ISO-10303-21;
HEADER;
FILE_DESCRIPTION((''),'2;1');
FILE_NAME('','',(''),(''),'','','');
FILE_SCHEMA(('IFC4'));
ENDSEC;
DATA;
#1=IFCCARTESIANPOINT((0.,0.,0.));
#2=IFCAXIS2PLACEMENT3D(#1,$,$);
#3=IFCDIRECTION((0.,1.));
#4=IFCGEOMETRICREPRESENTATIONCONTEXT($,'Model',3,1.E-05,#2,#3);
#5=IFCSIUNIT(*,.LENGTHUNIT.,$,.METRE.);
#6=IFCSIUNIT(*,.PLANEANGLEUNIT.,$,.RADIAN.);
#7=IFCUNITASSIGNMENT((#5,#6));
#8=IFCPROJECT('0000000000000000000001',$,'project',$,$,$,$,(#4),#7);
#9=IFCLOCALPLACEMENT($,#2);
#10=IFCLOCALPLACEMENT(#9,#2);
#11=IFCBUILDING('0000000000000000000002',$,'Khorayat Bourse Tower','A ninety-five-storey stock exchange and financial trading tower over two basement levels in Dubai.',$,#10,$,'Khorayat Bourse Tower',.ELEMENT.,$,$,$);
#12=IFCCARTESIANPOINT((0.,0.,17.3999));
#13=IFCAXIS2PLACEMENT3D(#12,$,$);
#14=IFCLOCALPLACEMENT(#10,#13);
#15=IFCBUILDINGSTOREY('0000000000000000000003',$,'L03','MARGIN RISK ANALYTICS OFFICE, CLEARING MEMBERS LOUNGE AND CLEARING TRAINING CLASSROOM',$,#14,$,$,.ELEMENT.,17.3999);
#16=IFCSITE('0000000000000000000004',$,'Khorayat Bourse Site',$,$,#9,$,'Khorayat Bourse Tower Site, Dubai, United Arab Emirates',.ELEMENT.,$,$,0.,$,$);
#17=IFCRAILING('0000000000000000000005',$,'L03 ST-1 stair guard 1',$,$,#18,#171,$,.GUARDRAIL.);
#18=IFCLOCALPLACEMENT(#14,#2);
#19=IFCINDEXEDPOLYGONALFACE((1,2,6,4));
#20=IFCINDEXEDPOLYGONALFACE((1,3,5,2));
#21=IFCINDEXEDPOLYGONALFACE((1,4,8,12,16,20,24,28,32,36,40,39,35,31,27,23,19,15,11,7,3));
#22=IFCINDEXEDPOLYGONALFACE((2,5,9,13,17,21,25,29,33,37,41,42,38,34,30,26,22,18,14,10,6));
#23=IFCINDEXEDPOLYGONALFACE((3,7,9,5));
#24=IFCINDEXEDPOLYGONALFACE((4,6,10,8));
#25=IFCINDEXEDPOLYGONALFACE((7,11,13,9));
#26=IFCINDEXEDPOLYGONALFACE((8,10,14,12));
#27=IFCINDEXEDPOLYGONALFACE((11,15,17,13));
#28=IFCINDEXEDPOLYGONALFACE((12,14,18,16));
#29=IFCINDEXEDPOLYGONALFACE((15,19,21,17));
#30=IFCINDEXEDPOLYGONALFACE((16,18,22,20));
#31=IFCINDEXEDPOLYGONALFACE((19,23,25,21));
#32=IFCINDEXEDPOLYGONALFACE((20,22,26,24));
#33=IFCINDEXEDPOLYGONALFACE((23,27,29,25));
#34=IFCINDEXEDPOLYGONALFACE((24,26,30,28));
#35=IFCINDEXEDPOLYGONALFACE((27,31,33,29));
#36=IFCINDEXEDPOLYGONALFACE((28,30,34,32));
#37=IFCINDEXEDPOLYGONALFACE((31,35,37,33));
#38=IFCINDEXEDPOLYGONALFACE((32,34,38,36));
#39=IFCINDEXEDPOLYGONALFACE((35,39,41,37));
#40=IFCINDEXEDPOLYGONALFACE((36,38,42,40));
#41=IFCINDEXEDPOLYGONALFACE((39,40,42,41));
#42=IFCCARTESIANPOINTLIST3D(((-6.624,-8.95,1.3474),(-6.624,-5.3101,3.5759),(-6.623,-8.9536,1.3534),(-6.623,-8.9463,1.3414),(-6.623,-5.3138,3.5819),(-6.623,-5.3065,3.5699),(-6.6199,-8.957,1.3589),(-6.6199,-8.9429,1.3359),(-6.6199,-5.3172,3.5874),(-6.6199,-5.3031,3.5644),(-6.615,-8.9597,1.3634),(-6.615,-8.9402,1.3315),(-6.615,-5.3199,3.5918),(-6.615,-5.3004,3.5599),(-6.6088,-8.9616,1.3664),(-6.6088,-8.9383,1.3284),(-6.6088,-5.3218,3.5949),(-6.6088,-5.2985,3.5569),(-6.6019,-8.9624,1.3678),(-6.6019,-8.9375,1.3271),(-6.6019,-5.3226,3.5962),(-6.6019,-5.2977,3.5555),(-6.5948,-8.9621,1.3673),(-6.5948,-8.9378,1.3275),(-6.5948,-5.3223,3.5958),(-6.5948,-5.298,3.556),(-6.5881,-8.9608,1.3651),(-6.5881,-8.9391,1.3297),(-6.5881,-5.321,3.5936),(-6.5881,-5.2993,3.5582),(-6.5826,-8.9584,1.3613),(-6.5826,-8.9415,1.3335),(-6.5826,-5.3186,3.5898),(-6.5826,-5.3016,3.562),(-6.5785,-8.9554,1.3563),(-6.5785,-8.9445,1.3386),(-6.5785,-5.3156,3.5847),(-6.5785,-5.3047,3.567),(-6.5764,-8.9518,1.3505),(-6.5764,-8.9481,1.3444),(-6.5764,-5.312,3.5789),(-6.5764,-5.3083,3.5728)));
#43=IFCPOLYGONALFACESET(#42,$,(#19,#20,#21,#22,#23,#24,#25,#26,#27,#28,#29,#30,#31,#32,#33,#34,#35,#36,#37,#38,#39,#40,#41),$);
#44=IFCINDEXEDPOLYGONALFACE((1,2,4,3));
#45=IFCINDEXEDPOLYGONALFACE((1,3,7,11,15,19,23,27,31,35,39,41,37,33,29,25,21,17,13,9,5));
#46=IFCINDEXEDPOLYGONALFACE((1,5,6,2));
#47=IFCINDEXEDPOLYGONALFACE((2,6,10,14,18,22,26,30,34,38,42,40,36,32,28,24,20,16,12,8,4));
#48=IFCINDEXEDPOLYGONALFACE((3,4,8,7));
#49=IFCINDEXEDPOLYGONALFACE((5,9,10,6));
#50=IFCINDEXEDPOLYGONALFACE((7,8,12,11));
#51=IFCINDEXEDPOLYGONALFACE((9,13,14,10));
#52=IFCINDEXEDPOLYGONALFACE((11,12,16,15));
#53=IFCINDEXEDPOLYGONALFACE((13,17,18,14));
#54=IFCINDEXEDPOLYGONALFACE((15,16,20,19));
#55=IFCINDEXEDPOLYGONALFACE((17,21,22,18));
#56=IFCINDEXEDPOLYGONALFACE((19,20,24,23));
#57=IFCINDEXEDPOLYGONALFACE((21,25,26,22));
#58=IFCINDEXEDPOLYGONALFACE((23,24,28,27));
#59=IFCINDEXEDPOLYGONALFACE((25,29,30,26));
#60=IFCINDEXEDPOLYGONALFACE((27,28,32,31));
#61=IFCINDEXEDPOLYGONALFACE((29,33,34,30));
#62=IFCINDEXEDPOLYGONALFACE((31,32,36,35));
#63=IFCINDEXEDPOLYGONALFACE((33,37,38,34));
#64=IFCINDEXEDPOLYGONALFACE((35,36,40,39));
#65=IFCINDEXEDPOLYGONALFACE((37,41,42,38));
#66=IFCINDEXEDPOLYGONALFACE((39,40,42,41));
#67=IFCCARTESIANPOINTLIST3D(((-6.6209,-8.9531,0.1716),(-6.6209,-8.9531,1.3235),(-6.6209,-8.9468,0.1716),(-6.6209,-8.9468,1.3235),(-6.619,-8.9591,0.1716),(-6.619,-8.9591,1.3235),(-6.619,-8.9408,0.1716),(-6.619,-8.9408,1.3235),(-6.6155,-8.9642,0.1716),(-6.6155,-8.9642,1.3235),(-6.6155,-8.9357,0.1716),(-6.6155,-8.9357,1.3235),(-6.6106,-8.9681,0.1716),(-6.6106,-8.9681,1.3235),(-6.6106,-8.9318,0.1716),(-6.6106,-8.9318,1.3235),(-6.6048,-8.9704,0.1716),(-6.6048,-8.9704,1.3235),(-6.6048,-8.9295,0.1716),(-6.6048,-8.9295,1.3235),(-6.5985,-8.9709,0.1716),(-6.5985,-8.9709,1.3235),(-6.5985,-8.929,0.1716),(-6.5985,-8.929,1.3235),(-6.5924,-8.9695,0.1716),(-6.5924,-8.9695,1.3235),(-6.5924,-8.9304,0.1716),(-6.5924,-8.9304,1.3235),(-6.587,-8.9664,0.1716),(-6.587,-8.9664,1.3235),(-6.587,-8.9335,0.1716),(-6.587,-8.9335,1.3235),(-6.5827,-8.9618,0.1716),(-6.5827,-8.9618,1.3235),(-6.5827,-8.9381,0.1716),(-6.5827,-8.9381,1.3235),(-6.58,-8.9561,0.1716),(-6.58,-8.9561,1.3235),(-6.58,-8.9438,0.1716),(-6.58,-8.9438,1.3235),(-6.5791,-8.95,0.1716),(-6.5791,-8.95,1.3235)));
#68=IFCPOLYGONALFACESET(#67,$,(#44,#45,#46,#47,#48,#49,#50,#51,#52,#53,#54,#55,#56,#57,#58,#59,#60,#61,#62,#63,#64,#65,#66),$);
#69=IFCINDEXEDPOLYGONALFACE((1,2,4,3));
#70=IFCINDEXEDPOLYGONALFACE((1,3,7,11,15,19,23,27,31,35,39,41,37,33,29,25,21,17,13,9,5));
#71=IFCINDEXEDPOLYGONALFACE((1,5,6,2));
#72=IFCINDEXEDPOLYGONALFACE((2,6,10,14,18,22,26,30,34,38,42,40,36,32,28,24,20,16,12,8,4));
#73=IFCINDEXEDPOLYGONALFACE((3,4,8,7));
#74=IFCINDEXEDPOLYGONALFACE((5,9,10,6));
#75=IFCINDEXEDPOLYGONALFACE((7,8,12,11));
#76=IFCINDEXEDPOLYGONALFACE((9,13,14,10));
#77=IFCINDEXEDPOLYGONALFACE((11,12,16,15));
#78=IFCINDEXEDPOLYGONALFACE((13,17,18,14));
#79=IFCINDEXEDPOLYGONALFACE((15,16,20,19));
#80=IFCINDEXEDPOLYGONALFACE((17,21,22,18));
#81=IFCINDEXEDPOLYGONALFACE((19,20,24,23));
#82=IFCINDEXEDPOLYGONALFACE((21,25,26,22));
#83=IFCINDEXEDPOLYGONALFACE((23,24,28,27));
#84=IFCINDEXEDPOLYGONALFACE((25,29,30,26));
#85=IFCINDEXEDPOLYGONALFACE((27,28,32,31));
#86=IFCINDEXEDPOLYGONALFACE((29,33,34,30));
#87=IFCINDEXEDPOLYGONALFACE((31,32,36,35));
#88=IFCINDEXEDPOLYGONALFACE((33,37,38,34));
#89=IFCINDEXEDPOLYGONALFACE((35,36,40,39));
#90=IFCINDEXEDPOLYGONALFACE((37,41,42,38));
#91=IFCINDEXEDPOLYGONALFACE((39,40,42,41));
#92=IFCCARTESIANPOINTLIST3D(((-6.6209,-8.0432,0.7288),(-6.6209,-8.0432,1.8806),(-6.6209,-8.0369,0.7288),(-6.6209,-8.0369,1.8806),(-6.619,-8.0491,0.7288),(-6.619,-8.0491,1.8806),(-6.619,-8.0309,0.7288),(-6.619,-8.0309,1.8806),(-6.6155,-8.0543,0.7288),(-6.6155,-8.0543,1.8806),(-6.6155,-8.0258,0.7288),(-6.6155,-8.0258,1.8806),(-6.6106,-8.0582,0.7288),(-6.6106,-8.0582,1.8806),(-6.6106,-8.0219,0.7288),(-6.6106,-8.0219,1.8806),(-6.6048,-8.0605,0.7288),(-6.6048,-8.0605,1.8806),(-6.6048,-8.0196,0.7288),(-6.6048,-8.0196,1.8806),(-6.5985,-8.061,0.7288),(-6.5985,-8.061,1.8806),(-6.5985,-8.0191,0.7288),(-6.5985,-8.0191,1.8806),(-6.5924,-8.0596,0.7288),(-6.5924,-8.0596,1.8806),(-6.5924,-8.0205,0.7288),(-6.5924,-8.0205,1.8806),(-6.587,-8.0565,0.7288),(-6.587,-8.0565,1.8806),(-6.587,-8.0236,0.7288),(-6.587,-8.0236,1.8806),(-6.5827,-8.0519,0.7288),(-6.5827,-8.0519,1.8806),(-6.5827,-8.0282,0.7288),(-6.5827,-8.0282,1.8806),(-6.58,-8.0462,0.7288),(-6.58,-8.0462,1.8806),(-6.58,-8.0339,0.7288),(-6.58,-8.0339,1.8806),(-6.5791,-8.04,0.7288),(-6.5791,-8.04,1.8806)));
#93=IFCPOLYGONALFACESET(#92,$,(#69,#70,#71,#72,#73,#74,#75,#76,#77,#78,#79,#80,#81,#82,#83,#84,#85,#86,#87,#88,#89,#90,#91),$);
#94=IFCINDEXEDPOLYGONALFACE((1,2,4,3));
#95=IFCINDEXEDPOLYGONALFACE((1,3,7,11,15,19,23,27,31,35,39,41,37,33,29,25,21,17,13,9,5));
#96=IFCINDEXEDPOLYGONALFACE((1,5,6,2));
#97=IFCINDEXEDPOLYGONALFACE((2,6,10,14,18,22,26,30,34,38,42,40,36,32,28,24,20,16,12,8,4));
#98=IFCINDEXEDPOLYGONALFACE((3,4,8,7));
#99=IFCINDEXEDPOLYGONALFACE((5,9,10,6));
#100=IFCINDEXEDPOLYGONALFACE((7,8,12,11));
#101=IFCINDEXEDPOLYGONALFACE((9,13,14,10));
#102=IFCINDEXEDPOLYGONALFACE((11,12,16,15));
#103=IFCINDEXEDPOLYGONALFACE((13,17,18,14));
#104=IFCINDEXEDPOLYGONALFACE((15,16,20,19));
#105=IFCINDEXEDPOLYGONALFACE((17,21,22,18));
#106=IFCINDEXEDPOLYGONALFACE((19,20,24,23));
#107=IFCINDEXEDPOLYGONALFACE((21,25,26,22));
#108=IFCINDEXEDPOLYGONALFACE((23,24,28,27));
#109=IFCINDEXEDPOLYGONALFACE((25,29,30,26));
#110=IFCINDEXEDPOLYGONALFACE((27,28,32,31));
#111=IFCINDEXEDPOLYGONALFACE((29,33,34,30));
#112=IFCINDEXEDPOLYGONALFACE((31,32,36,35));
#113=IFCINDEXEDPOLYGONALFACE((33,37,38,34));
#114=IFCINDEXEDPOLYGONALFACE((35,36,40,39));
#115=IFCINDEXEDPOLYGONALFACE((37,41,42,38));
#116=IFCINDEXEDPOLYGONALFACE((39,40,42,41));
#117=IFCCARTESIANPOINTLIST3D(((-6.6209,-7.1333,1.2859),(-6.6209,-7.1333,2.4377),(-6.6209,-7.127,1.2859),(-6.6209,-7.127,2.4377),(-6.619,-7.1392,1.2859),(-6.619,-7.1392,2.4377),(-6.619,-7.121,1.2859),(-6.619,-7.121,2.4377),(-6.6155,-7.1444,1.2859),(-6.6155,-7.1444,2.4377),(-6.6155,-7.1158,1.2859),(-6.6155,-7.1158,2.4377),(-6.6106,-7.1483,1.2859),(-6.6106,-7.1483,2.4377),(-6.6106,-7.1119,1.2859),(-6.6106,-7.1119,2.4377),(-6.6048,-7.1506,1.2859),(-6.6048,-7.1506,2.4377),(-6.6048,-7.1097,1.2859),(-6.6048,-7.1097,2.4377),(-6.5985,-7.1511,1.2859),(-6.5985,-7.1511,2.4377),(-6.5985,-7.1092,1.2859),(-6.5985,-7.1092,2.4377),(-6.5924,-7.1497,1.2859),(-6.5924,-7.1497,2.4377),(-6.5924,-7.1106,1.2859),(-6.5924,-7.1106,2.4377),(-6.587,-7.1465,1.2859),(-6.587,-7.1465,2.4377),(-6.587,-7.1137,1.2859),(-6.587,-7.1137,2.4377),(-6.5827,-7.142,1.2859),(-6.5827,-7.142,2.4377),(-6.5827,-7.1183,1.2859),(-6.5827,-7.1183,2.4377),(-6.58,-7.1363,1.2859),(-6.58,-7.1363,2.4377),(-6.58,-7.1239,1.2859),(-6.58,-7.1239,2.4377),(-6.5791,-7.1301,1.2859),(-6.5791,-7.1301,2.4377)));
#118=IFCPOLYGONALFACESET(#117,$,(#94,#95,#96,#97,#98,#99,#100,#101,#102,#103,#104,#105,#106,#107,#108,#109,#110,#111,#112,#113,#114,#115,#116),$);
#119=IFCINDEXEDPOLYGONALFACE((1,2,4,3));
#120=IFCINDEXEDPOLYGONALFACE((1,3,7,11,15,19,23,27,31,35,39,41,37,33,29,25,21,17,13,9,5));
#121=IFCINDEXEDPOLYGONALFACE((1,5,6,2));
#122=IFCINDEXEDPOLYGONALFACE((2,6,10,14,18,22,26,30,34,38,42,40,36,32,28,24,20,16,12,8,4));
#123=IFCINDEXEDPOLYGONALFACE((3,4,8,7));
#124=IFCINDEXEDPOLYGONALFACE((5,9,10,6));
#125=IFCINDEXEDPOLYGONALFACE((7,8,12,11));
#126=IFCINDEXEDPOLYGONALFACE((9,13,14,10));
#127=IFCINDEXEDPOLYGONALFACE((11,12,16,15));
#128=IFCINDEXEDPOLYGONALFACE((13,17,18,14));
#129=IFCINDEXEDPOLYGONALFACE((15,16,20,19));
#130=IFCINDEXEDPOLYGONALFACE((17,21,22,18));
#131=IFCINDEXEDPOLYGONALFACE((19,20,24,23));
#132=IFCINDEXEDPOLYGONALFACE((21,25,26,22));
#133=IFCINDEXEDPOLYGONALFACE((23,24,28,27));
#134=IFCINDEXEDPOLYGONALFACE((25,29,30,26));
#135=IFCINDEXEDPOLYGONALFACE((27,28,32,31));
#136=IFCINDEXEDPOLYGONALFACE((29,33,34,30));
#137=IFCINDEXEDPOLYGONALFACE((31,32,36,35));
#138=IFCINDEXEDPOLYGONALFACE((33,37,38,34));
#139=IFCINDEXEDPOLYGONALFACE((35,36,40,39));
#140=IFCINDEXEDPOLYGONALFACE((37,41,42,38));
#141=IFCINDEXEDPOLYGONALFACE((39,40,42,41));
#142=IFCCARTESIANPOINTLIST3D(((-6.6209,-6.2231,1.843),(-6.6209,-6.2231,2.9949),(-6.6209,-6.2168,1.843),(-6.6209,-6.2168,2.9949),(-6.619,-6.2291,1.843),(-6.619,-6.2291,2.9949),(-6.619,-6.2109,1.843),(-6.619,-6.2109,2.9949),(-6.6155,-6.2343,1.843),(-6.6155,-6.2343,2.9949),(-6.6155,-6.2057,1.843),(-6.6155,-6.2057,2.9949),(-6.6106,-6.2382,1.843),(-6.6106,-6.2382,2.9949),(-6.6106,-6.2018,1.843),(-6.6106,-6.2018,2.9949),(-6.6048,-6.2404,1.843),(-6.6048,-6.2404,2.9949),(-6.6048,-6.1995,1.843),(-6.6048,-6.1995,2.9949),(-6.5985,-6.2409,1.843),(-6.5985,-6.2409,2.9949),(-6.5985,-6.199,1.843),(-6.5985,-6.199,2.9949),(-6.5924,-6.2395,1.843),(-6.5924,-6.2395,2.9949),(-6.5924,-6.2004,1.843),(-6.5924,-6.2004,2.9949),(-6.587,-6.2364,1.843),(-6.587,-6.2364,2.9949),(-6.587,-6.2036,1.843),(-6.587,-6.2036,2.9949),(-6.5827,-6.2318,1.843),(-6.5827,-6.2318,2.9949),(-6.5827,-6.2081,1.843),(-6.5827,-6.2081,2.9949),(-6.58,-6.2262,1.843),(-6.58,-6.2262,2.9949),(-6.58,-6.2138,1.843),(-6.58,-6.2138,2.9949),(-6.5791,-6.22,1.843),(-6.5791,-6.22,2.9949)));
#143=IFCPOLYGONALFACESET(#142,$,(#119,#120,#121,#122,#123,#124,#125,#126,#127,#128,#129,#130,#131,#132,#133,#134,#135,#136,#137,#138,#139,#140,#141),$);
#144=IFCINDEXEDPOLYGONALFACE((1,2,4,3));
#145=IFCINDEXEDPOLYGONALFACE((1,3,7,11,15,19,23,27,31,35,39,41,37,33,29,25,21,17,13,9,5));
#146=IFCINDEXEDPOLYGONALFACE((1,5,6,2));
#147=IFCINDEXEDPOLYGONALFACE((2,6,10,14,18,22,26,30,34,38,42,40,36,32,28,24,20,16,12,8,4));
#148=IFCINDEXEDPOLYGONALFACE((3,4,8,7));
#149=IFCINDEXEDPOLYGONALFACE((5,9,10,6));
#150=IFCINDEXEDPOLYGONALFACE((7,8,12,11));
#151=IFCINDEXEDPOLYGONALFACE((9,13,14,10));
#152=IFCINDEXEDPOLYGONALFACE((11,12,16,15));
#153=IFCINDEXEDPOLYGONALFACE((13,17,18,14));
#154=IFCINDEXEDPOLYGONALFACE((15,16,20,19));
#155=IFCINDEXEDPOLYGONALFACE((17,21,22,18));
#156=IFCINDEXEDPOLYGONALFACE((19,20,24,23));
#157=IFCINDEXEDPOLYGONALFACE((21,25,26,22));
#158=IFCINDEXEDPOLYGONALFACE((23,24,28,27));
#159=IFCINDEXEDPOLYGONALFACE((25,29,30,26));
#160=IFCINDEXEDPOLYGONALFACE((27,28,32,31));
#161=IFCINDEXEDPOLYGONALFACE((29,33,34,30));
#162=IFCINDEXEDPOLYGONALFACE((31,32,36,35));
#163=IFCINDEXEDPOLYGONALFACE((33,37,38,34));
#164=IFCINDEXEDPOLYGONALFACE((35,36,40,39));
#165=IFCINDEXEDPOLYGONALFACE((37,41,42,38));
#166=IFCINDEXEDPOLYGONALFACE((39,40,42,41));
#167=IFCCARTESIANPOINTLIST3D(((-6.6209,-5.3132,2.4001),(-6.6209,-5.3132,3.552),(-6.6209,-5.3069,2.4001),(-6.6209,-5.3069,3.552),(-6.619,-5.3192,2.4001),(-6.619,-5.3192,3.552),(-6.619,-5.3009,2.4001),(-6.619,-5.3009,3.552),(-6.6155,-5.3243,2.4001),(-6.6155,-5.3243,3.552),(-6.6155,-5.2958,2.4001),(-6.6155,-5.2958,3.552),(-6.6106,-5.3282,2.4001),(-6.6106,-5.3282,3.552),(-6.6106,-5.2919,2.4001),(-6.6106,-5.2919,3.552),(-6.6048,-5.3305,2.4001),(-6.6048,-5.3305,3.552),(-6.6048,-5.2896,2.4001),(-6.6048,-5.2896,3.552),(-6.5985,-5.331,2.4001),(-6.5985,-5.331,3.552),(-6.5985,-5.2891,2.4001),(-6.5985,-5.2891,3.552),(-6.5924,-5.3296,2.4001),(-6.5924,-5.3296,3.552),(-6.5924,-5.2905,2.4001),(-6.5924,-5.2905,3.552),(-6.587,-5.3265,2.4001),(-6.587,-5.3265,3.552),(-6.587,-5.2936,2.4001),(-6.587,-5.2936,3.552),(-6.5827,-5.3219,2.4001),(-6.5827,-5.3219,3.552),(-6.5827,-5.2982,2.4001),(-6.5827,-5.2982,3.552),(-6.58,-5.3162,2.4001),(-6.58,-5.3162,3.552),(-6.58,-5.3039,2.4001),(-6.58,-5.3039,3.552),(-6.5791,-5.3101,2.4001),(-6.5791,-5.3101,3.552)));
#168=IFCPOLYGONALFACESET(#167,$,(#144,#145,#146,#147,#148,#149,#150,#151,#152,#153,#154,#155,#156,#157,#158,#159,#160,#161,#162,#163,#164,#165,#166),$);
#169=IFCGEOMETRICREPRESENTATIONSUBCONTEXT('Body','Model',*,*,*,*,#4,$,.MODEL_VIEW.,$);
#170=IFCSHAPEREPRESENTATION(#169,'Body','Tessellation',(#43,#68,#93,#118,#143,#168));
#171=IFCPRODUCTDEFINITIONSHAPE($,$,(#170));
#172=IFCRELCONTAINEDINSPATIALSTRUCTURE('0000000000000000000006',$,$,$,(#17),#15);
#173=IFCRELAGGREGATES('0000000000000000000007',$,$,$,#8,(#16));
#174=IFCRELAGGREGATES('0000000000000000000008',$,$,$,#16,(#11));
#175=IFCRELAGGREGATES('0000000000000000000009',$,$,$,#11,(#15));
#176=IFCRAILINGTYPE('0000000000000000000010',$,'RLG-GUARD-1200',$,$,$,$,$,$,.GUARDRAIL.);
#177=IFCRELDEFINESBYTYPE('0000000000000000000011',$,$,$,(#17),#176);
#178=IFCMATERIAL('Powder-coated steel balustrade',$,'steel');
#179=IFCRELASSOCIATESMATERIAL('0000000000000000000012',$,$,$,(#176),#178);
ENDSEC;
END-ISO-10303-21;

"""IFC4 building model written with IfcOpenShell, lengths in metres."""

from ifc_helpers import new_model, si_unit, direction, frame, origin, origin_2d, place, context, subcontext, project, spatial, circle, extrude, source, transform, mapped, material, type_object, element, save


model = new_model("IFC4")

# Units and contexts
model_context = context("Model", 3, precision=1e-05, world=origin(), true_north=direction((0.0, 1.0)))
body_context = subcontext(model_context, "Body", "Model", "MODEL_VIEW")
ifc_project = project(units=[si_unit("LENGTHUNIT", "METRE"), si_unit("PLANEANGLEUNIT", "RADIAN")], contexts=[model_context])

# Site, building, storey
site_placement = place(None, origin())
site = spatial("IfcSite", under=ifc_project, at=site_placement, Name="Khorayat Bourse Site", LongName="Khorayat Bourse Tower Site, Dubai, United Arab Emirates", CompositionType="ELEMENT", RefElevation=0.0)
building_placement = place(site_placement, origin())
building = spatial("IfcBuilding", under=site, at=building_placement, Name="Khorayat Bourse Tower", Description="A ninety-five-storey stock exchange and financial trading tower over two basement levels in Dubai.", LongName="Khorayat Bourse Tower", CompositionType="ELEMENT")
storey_placement = place(building_placement, frame((0.0, 0.0, 17.3999)))
storey = spatial("IfcBuildingStorey", under=building, at=storey_placement, Name="L03", Description="MARGIN RISK ANALYTICS OFFICE, CLEARING MEMBERS LOUNGE AND CLEARING TRAINING CLASSROOM", CompositionType="ELEMENT", Elevation=17.3999)

# Railing
ifc_material_1 = material(Name="Powder-coated steel balustrade", Category="steel")
railing_type_1 = type_object("IfcRailingType", Name="RLG-GUARD-1200", PredefinedType="GUARDRAIL", material=ifc_material_1)
shared_shape_1 = source(origin(), body_context, "Body", "SweptSolid", [
    extrude(circle(Radius=0.0239, at=origin_2d()), frame((0.0, 0.0, 1.1758), z_axis=(0.0, 0.85285, 0.522156), x_axis=(-1.0, 0.0, 0.0)), (0.0, 0.0, 1.0), 4.2678),
    extrude(circle(Radius=0.021, at=origin_2d()), origin(), (0.0, 0.0, 1.0), 1.1519),
    extrude(circle(Radius=0.021, at=origin_2d()), frame((0.0, 0.9099, 0.5571)), (0.0, 0.0, 1.0), 1.1519),
    extrude(circle(Radius=0.021, at=origin_2d()), frame((0.0, 1.8198, 1.1143)), (0.0, 0.0, 1.0), 1.1519),
    extrude(circle(Radius=0.021, at=origin_2d()), frame((0.0, 2.73, 1.6714)), (0.0, 0.0, 1.0), 1.1519),
    extrude(circle(Radius=0.021, at=origin_2d()), frame((0.0, 3.6399, 2.2285)), (0.0, 0.0, 1.0), 1.1519),
])
railing_1_placement = place(storey_placement, frame((-6.6001, -8.95, 0.1716)))
element("IfcRailing", 1, at=railing_1_placement, inside=storey, type_object=railing_type_1, Name="L03 ST-1 stair guard 1", PredefinedType="GUARDRAIL", context=body_context, shape_type="MappedRepresentation", body=[
    mapped(shared_shape_1, transform((0.0, 0.0, 0.0), scale=1.0)),
])

save(model, "model.ifc")
